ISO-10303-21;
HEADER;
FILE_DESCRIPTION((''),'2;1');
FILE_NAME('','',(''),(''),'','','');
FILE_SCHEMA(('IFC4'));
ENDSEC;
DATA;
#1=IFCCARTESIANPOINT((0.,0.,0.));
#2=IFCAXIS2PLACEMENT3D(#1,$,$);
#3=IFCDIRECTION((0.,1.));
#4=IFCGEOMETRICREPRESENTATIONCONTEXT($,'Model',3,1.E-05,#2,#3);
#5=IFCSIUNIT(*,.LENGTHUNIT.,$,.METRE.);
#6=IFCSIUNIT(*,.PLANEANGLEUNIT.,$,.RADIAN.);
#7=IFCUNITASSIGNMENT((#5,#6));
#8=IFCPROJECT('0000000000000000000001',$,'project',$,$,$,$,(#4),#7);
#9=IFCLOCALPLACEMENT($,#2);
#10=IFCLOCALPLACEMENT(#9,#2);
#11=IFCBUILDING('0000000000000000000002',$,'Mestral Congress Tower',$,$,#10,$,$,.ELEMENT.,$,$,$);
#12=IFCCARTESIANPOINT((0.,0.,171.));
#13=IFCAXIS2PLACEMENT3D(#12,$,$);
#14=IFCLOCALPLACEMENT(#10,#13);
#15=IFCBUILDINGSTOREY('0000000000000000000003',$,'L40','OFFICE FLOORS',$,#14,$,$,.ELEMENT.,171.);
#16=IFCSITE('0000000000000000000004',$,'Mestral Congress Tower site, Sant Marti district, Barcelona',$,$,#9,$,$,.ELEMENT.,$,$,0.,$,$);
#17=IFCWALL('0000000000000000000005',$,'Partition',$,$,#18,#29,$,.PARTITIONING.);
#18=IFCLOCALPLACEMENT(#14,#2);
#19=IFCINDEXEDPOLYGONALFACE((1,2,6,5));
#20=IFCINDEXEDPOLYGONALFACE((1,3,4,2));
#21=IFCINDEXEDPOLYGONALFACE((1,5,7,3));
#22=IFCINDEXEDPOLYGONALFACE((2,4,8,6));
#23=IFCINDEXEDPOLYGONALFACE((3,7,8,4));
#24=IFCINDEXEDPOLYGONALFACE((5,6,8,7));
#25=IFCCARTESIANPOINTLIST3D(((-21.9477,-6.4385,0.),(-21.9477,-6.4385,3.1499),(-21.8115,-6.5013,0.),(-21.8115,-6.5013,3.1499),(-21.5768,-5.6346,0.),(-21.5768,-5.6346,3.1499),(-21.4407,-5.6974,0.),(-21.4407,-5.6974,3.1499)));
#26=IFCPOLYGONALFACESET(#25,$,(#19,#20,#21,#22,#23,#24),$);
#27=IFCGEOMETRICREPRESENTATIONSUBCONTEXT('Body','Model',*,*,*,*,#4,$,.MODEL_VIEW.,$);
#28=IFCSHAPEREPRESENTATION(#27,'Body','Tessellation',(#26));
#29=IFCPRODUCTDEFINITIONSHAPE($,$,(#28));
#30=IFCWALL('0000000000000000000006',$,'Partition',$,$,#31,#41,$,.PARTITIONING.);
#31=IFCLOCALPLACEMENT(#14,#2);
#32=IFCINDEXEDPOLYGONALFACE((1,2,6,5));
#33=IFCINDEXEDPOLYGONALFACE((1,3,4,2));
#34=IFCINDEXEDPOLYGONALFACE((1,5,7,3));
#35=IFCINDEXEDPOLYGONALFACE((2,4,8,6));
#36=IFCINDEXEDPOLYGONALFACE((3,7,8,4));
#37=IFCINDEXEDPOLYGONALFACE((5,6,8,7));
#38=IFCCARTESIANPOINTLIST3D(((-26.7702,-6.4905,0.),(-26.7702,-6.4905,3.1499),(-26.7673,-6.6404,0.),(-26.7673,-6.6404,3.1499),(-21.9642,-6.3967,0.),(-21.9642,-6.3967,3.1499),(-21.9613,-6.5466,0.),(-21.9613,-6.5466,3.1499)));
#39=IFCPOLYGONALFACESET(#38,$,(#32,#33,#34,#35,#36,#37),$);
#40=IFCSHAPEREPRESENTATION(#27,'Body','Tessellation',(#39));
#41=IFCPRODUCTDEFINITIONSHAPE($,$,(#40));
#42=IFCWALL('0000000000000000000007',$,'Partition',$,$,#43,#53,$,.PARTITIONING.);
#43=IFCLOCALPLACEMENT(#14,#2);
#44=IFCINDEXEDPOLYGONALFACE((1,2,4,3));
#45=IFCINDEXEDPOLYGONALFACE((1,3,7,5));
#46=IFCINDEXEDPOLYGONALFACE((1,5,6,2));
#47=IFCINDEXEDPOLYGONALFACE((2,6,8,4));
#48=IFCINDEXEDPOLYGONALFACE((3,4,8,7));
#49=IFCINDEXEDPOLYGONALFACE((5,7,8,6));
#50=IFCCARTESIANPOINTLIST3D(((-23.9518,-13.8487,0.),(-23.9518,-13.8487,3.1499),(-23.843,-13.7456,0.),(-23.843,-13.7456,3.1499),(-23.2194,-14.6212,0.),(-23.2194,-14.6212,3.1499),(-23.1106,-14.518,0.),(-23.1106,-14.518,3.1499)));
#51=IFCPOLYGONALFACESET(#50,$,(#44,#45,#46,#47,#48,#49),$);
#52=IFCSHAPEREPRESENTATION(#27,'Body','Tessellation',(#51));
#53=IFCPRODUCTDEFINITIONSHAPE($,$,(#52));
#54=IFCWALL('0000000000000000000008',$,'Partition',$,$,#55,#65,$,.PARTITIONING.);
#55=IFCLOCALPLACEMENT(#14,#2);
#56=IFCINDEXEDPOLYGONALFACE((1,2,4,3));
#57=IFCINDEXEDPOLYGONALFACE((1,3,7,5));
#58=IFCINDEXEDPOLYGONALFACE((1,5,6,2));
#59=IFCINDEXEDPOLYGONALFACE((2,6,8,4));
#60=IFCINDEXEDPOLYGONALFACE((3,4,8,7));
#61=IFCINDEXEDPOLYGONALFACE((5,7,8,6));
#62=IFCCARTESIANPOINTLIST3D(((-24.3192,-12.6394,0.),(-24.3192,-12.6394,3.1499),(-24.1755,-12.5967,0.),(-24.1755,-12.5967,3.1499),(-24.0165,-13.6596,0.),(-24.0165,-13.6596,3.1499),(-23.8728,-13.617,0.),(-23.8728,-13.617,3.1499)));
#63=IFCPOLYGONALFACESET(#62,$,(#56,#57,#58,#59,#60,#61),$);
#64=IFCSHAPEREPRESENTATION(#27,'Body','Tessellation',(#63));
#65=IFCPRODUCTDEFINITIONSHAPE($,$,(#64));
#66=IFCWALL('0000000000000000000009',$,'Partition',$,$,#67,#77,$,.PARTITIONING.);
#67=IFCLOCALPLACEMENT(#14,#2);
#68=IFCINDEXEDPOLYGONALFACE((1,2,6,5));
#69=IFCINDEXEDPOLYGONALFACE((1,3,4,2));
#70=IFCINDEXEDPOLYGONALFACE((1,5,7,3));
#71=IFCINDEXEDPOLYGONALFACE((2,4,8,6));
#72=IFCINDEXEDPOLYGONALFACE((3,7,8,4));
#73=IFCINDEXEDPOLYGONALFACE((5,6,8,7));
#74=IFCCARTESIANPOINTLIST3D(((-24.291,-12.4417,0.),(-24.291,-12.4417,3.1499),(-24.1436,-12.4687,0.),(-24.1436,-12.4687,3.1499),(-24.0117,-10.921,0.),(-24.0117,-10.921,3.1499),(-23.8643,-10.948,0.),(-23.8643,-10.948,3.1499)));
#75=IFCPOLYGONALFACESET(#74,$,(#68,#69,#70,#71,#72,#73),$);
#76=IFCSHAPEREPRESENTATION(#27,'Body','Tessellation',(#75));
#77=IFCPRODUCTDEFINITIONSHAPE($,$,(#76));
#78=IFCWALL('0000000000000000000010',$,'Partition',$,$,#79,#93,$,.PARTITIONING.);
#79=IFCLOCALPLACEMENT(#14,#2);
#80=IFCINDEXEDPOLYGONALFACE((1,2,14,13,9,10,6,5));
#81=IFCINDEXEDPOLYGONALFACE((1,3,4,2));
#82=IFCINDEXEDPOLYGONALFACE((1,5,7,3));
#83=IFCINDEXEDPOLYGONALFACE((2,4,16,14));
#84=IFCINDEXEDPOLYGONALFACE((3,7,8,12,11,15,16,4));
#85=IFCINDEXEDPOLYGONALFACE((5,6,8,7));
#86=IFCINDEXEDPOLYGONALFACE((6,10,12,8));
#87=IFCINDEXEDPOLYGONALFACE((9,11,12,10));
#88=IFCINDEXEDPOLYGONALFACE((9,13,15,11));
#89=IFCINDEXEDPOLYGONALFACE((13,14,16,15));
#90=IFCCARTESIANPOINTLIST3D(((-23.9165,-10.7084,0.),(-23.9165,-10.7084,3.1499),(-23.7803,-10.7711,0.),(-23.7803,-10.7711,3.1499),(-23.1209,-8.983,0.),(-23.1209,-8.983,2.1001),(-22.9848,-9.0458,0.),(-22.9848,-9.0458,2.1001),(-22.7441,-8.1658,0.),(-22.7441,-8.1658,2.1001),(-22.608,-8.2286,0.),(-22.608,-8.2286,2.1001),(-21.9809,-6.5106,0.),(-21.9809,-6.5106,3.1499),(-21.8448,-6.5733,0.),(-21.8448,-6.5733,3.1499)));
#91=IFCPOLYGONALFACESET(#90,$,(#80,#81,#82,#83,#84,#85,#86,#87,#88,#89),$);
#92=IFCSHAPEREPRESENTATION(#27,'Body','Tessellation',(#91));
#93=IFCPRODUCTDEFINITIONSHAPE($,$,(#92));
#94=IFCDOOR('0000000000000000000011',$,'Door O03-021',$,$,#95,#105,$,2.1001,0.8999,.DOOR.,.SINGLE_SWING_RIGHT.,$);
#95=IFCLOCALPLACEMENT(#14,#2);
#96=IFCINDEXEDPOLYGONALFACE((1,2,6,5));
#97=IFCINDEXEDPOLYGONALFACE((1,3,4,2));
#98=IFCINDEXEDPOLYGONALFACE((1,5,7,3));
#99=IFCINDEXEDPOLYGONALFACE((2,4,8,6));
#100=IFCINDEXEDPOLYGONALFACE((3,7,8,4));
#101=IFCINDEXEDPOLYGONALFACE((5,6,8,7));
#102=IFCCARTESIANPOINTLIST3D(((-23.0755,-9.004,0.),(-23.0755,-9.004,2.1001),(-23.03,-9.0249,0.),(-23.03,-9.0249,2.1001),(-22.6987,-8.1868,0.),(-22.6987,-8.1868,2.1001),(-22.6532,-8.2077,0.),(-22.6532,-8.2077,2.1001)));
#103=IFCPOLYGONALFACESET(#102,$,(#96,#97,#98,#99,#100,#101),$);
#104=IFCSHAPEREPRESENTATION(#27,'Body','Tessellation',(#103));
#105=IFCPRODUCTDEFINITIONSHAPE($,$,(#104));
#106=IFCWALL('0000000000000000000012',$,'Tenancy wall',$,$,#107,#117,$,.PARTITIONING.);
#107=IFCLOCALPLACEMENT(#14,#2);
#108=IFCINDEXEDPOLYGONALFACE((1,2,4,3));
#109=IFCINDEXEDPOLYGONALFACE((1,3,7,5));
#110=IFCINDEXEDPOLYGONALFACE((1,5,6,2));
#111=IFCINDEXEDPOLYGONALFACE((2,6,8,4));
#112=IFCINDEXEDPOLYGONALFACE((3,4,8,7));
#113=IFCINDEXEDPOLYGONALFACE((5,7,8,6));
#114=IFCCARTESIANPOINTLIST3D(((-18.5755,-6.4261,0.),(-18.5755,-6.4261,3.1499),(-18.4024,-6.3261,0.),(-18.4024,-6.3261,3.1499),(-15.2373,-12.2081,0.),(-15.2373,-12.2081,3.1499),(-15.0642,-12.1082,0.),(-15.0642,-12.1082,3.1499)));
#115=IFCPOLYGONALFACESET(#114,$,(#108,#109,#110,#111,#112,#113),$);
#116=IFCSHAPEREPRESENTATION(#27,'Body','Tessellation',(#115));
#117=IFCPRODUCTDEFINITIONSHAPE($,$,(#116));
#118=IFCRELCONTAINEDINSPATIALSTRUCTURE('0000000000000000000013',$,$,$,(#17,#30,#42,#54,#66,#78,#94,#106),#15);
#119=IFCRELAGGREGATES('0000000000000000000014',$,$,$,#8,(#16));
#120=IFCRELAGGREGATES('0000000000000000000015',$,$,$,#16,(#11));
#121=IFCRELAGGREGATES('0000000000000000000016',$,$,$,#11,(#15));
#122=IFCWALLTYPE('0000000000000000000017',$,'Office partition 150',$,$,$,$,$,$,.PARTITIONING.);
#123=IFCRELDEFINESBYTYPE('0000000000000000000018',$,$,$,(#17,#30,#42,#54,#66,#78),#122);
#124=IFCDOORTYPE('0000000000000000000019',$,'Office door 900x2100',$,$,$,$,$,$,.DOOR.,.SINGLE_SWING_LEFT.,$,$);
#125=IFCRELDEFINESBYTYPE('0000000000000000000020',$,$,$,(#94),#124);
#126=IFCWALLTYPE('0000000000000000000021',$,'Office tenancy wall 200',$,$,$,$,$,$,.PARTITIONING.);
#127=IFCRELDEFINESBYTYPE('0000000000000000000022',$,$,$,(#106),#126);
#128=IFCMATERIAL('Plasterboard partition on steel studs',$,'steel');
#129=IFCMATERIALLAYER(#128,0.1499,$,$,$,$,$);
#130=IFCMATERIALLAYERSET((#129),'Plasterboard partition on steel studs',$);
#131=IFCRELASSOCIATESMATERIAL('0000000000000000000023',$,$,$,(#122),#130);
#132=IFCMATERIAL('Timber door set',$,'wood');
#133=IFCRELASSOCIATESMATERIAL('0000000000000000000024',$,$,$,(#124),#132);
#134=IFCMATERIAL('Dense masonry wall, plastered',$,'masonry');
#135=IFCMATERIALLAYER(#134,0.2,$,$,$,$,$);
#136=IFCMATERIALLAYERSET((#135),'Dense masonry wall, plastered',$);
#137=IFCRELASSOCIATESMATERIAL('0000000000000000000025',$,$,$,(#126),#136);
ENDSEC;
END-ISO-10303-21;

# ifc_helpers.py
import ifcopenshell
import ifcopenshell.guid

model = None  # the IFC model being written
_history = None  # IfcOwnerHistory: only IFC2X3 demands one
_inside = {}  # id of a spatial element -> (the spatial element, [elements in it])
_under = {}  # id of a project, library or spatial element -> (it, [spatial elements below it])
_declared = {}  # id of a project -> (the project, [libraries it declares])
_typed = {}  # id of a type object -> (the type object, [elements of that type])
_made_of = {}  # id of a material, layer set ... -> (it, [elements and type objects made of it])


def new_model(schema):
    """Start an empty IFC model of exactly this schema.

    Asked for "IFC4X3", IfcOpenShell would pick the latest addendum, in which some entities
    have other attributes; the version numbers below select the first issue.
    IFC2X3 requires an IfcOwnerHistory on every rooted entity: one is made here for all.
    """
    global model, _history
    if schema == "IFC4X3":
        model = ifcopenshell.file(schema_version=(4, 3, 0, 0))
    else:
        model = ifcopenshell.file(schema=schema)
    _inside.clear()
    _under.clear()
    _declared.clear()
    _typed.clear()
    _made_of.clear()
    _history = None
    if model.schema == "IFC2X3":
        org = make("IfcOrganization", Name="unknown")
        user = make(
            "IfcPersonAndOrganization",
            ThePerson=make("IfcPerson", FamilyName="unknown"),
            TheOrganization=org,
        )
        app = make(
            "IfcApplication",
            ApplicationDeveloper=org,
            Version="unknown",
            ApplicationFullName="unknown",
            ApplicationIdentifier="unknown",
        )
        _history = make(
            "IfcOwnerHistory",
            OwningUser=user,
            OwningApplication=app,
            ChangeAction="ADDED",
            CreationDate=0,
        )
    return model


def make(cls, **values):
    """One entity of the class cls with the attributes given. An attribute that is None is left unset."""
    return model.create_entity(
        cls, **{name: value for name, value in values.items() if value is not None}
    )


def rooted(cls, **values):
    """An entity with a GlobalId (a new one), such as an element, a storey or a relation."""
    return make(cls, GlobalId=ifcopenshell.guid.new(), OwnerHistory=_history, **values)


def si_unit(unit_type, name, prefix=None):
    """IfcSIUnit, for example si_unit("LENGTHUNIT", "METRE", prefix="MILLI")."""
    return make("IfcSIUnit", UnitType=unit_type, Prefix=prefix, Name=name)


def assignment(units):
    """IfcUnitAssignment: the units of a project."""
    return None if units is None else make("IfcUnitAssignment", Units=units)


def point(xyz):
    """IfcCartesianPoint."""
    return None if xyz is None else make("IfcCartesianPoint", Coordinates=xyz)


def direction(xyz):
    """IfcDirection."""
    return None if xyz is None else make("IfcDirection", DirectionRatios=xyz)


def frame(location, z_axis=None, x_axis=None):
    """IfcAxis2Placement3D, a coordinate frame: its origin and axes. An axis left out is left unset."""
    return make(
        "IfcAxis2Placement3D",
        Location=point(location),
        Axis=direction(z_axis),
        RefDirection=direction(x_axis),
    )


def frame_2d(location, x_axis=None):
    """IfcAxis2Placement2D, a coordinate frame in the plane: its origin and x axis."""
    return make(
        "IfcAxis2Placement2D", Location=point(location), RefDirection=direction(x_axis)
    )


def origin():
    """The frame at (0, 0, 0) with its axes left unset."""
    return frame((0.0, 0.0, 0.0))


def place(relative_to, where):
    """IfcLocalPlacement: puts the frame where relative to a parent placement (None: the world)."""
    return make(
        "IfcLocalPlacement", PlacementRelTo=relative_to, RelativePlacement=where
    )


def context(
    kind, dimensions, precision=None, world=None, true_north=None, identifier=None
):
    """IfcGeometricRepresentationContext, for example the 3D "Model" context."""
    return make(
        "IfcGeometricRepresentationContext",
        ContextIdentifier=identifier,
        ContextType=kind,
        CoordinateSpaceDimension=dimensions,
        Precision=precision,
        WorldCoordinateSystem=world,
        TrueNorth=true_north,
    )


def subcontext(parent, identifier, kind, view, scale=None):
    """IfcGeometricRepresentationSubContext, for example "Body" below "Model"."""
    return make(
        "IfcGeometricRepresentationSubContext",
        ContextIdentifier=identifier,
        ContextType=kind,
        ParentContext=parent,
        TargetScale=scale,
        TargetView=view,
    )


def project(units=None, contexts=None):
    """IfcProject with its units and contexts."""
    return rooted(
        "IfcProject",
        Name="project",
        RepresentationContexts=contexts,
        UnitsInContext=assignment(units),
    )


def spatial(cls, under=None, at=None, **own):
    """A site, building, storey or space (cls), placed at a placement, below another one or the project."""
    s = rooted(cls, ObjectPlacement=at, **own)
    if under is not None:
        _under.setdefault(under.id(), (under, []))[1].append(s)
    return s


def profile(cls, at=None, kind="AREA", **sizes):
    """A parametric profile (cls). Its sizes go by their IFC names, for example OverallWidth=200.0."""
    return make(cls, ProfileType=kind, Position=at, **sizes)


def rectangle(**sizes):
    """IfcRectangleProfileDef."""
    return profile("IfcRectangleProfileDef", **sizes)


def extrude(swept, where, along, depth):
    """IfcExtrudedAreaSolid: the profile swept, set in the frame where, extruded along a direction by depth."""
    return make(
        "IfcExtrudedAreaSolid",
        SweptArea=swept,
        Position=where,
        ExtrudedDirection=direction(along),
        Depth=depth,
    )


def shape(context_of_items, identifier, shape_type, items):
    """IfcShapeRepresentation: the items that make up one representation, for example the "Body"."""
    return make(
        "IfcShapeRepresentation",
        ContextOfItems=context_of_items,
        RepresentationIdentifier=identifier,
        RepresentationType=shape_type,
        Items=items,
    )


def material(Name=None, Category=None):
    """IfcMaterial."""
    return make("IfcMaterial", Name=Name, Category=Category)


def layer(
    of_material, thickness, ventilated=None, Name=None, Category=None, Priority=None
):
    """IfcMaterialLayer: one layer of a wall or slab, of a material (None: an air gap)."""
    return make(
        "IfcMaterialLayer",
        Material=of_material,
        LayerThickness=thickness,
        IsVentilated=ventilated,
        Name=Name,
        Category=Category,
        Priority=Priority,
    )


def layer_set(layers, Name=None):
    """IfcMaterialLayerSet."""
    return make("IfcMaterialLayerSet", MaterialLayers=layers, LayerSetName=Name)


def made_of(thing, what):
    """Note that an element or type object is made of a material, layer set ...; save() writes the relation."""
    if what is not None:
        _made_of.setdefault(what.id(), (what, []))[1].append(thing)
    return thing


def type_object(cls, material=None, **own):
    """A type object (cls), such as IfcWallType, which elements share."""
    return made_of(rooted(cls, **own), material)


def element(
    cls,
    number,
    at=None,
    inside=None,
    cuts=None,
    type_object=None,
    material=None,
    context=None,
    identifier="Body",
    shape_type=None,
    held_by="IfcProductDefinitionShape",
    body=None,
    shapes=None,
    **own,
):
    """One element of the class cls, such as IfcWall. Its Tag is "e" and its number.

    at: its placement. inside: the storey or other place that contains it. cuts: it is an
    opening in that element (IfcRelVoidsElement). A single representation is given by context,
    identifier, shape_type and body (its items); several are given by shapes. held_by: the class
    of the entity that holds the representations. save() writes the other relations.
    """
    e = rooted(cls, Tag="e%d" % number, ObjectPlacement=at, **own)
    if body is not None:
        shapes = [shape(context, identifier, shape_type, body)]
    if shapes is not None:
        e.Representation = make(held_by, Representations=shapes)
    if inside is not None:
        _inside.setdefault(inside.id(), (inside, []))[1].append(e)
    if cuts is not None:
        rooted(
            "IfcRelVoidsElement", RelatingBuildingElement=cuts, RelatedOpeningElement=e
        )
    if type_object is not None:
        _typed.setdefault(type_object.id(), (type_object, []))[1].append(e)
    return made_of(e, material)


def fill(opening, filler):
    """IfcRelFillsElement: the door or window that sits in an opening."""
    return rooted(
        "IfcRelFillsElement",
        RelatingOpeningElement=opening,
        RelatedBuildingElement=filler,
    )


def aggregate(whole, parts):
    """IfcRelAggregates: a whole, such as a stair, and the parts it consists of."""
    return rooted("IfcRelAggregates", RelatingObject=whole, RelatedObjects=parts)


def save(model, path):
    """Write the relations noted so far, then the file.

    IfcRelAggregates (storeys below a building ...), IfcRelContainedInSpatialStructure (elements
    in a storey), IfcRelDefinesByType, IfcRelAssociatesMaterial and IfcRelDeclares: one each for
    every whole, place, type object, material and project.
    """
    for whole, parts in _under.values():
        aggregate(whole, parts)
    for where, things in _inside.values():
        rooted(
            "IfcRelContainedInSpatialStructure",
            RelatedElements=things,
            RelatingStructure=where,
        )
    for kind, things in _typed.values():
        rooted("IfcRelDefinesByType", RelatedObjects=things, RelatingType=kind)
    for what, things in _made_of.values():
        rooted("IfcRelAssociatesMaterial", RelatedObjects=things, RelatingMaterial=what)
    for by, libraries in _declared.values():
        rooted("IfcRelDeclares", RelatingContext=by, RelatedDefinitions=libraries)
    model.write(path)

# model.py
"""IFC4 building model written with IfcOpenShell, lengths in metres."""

from ifc_helpers import new_model, si_unit, direction, frame, frame_2d, origin, place, context, subcontext, project, spatial, rectangle, extrude, material, layer, layer_set, type_object, element, fill, save


model = new_model("IFC4")

# Units and contexts
model_context = context("Model", 3, precision=1e-05, world=origin(), true_north=direction((0.0, 1.0)))
body_context = subcontext(model_context, "Body", "Model", "MODEL_VIEW")
ifc_project = project(units=[si_unit("LENGTHUNIT", "METRE"), si_unit("PLANEANGLEUNIT", "RADIAN")], contexts=[model_context])

# Site, building, storey
site_placement = place(None, origin())
site = spatial("IfcSite", under=ifc_project, at=site_placement, Name="Mestral Congress Tower site, Sant Marti district, Barcelona", CompositionType="ELEMENT", RefElevation=0.0)
building_placement = place(site_placement, origin())
building = spatial("IfcBuilding", under=site, at=building_placement, Name="Mestral Congress Tower", CompositionType="ELEMENT")
storey_placement = place(building_placement, frame((0.0, 0.0, 171.0)))
storey = spatial("IfcBuildingStorey", under=building, at=storey_placement, Name="L40", Description="OFFICE FLOORS", CompositionType="ELEMENT", Elevation=171.0)

# Shared definitions
ifc_material_1 = material(Name="Plasterboard partition on steel studs", Category="steel")
ifc_layer_1 = layer(ifc_material_1, 0.1499)
ifc_layer_set_1 = layer_set([ifc_layer_1], Name="Plasterboard partition on steel studs")
wall_type_1 = type_object("IfcWallType", Name="Office partition 150", PredefinedType="PARTITIONING", material=ifc_layer_set_1)
ifc_material_2 = material(Name="Timber door set", Category="wood")
door_type = type_object("IfcDoorType", Name="Office door 900x2100", OperationType="SINGLE_SWING_LEFT", PredefinedType="DOOR", material=ifc_material_2)

# Walls
wall_1_placement = place(storey_placement, frame((-21.5088, -5.666, 0.0), z_axis=(0.0, 0.0, 1.0), x_axis=(-0.418866, -0.908048, 0.0)))
element("IfcWall", 1, at=wall_1_placement, inside=storey, type_object=wall_type_1, Name="Partition", PredefinedType="PARTITIONING", context=body_context, shape_type="SweptSolid", body=[
    extrude(rectangle(XDim=0.8853, YDim=0.1499, at=frame_2d((0.4426, 0.0))), origin(), (0.0, 0.0, 1.0), 3.1499),
])
wall_2_placement = place(storey_placement, frame((-21.9629, -6.4717, 0.0), z_axis=(0.0, 0.0, 1.0), x_axis=(-0.99981, -0.019504, 0.0)))
element("IfcWall", 2, at=wall_2_placement, inside=storey, type_object=wall_type_1, Name="Partition", PredefinedType="PARTITIONING", context=body_context, shape_type="SweptSolid", body=[
    extrude(rectangle(XDim=4.8069, YDim=0.1499, at=frame_2d((2.4033, 0.0))), origin(), (0.0, 0.0, 1.0), 3.1499),
])
wall_3_placement = place(storey_placement, frame((-23.165, -14.5696, 0.0), z_axis=(0.0, 0.0, 1.0), x_axis=(-0.68805, 0.725663, 0.0)))
element("IfcWall", 3, at=wall_3_placement, inside=storey, type_object=wall_type_1, Name="Partition", PredefinedType="PARTITIONING", context=body_context, shape_type="SweptSolid", body=[
    extrude(rectangle(XDim=1.0645, YDim=0.1499, at=frame_2d((0.5322, 0.0))), origin(), (0.0, 0.0, 1.0), 3.1499),
])
wall_4_placement = place(storey_placement, frame((-23.9446, -13.6384, 0.0), z_axis=(0.0, 0.0, 1.0), x_axis=(-0.284463, 0.958687, 0.0)))
element("IfcWall", 4, at=wall_4_placement, inside=storey, type_object=wall_type_1, Name="Partition", PredefinedType="PARTITIONING", context=body_context, shape_type="SweptSolid", body=[
    extrude(rectangle(XDim=1.0642, YDim=0.1499, at=frame_2d((0.5322, 0.0))), origin(), (0.0, 0.0, 1.0), 3.1499),
])
wall_5_placement = place(storey_placement, frame((-24.2173, -12.4551, 0.0), z_axis=(0.0, 0.0, 1.0), x_axis=(0.180636, 0.98355, 0.0)))
element("IfcWall", 5, at=wall_5_placement, inside=storey, type_object=wall_type_1, Name="Partition", PredefinedType="PARTITIONING", context=body_context, shape_type="SweptSolid", body=[
    extrude(rectangle(XDim=1.5461, YDim=0.1499, at=frame_2d((0.7729, 0.0))), origin(), (0.0, 0.0, 1.0), 3.1499),
])

# Wall, opening, door
wall_6_placement = place(storey_placement, frame((-23.8484, -10.7397, 0.0), z_axis=(0.0, 0.0, 1.0), x_axis=(0.418723, 0.908114, 0.0)))
wall_6 = element("IfcWall", 6, at=wall_6_placement, inside=storey, type_object=wall_type_1, Name="Partition", PredefinedType="PARTITIONING", context=body_context, shape_type="SweptSolid", body=[
    extrude(rectangle(XDim=4.6226, YDim=0.1499, at=frame_2d((2.3113, 0.0))), origin(), (0.0, 0.0, 1.0), 3.1499),
])
opening_1_placement = place(wall_6_placement, frame((1.8999, 0.0, 0.0)))
opening_1 = element("IfcOpeningElement", 7, at=opening_1_placement, cuts=wall_6, PredefinedType="OPENING", context=body_context, shape_type="SweptSolid", body=[
    extrude(rectangle(XDim=0.8999, YDim=2.1001, at=frame_2d((0.45, 1.05))), frame((0.0, 0.085, 0.0), z_axis=(0.0, -1.0, 0.0), x_axis=(1.0, 0.0, 0.0)), (0.0, 0.0, 1.0), 0.1699),
])
door_1_placement = place(opening_1_placement, origin())
door_1 = element("IfcDoor", 8, at=door_1_placement, inside=storey, type_object=door_type, Name="Door O03-021", OperationType="SINGLE_SWING_RIGHT", OverallHeight=2.1001, OverallWidth=0.8999, PredefinedType="DOOR", context=body_context, shape_type="SweptSolid", body=[
    extrude(rectangle(XDim=0.8999, YDim=2.1001, at=frame_2d((0.45, 1.05))), frame((0.0, 0.0249, 0.0), z_axis=(0.0, -1.0, 0.0), x_axis=(1.0, 0.0, 0.0)), (0.0, 0.0, 1.0), 0.05),
])
fill(opening_1, door_1)

# Wall
ifc_material_3 = material(Name="Dense masonry wall, plastered", Category="masonry")
ifc_layer_2 = layer(ifc_material_3, 0.2)
ifc_layer_set_2 = layer_set([ifc_layer_2], Name="Dense masonry wall, plastered")
wall_type_2 = type_object("IfcWallType", Name="Office tenancy wall 200", PredefinedType="PARTITIONING", material=ifc_layer_set_2)
wall_7_placement = place(storey_placement, frame((-18.489, -6.376, 0.0), z_axis=(0.0, 0.0, 1.0), x_axis=(0.499989, -0.866032, 0.0)))
element("IfcWall", 9, at=wall_7_placement, inside=storey, type_object=wall_type_2, Name="Tenancy wall", PredefinedType="PARTITIONING", context=body_context, shape_type="SweptSolid", body=[
    extrude(rectangle(XDim=6.6765, YDim=0.2, at=frame_2d((3.3384, 0.0))), origin(), (0.0, 0.0, 1.0), 3.1499),
])

save(model, "model.ifc")
